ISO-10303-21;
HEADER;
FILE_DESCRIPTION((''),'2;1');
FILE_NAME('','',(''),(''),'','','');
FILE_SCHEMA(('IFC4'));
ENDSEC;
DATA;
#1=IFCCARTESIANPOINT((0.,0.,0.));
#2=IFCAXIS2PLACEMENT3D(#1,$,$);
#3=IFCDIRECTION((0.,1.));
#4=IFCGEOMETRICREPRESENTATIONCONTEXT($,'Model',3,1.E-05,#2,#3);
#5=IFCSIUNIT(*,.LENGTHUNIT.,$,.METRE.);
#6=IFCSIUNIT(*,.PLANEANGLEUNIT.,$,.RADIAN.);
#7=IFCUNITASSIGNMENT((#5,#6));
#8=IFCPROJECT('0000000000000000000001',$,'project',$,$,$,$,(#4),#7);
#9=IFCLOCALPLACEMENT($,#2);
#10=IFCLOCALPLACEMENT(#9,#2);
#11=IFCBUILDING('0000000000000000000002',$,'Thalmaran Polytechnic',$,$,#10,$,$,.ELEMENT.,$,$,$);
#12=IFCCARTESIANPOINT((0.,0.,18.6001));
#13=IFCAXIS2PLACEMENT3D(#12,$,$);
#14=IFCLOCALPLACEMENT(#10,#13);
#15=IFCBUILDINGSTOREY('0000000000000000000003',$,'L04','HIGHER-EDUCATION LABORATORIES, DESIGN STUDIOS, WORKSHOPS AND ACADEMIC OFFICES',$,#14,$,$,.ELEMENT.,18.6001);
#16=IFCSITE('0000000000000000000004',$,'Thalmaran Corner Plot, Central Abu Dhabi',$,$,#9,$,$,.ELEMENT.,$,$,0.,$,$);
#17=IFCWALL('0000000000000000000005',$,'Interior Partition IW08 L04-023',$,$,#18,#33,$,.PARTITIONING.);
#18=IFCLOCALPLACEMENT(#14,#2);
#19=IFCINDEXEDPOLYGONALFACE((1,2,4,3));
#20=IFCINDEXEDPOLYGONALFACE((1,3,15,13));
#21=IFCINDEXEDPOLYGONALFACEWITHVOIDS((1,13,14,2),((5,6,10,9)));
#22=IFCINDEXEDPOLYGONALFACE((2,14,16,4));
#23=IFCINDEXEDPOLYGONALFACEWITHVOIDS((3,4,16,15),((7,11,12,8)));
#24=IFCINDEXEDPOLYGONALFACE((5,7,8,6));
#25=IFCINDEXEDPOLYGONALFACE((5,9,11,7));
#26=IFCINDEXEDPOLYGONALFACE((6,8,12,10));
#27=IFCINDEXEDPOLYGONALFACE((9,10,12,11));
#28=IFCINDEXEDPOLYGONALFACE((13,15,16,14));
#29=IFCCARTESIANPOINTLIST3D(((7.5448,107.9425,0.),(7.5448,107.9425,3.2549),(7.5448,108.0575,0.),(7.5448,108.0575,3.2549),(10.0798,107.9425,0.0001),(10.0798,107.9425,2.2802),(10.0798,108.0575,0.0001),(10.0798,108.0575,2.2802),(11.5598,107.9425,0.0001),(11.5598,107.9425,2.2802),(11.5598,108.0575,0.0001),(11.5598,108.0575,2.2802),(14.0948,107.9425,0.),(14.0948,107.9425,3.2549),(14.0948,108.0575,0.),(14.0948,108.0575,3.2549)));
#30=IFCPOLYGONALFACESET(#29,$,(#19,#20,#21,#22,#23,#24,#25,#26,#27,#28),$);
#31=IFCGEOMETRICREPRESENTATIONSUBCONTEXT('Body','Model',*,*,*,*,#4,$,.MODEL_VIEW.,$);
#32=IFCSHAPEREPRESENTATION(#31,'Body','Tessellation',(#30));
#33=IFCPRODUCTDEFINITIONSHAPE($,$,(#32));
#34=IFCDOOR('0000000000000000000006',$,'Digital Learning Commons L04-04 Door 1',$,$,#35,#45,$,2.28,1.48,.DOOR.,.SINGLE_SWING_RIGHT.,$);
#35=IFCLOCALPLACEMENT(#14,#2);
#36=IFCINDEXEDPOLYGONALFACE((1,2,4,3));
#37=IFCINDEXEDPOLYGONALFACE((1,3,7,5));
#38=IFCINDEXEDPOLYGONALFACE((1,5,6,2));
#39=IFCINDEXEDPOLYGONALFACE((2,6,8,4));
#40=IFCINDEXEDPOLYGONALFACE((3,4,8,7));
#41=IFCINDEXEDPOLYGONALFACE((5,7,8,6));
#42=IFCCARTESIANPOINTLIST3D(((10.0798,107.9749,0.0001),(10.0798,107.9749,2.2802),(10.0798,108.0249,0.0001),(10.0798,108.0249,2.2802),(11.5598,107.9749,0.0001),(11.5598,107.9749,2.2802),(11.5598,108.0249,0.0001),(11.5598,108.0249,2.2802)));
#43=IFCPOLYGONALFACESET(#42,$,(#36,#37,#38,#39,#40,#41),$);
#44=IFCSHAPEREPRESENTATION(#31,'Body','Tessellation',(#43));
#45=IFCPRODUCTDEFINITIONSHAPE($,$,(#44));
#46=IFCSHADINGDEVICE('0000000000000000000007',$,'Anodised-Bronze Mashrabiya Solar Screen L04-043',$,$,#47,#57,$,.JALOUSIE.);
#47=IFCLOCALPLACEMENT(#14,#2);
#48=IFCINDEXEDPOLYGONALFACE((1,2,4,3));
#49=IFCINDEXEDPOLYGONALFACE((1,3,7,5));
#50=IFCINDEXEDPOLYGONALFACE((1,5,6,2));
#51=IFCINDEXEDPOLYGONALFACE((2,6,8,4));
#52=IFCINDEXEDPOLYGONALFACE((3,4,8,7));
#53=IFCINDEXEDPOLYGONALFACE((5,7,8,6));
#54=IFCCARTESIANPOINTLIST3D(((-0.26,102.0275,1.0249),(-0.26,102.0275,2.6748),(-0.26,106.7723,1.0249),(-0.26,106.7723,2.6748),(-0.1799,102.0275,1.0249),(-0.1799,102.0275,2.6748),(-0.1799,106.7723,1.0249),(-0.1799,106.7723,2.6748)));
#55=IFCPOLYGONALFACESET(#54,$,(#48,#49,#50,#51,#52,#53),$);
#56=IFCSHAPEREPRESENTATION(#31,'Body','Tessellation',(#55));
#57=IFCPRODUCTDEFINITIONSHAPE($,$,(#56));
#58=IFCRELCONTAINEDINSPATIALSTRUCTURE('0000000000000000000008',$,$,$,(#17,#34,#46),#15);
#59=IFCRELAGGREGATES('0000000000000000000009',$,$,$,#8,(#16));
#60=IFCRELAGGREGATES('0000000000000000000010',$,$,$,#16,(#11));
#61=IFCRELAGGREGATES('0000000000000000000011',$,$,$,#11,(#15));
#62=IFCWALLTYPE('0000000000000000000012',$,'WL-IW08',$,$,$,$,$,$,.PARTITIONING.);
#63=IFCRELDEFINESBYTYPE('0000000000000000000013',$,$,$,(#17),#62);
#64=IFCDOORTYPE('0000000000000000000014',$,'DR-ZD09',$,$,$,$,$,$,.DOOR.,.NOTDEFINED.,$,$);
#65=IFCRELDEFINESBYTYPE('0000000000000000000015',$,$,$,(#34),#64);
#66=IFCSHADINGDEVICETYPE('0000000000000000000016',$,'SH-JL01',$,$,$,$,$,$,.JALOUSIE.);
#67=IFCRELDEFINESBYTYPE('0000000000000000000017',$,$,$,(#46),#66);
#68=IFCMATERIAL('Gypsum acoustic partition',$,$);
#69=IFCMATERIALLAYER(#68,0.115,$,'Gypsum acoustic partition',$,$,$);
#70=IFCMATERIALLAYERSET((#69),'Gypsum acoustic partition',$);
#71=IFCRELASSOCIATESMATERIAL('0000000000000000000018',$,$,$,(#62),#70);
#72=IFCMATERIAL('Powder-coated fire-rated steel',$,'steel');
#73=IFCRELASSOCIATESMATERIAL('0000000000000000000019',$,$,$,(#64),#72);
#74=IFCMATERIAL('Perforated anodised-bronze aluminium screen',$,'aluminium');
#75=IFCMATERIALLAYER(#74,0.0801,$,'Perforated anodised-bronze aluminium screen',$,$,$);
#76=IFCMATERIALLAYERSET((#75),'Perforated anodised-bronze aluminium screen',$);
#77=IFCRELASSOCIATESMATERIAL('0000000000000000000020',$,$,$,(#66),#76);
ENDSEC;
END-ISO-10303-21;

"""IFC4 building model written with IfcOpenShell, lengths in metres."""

from ifc_helpers import new_model, si_unit, direction, frame, frame_2d, origin, origin_2d, place, context, subcontext, project, spatial, rectangle, extrude, material, layer, layer_set, type_object, element, fill, save


model = new_model("IFC4")

# Units and contexts
model_context = context("Model", 3, precision=1e-05, world=origin(), true_north=direction((0.0, 1.0)))
body_context = subcontext(model_context, "Body", "Model", "MODEL_VIEW")
ifc_project = project(units=[si_unit("LENGTHUNIT", "METRE"), si_unit("PLANEANGLEUNIT", "RADIAN")], contexts=[model_context])

# Site, building, storey
site_placement = place(None, origin())
site = spatial("IfcSite", under=ifc_project, at=site_placement, Name="Thalmaran Corner Plot, Central Abu Dhabi", CompositionType="ELEMENT", RefElevation=0.0)
building_placement = place(site_placement, origin())
building = spatial("IfcBuilding", under=site, at=building_placement, Name="Thalmaran Polytechnic", CompositionType="ELEMENT")
storey_placement = place(building_placement, frame((0.0, 0.0, 18.6001)))
storey = spatial("IfcBuildingStorey", under=building, at=storey_placement, Name="L04", Description="HIGHER-EDUCATION LABORATORIES, DESIGN STUDIOS, WORKSHOPS AND ACADEMIC OFFICES", CompositionType="ELEMENT", Elevation=18.6001)

# Shared definitions
ifc_material_1 = material(Name="Gypsum acoustic partition")
ifc_material_2 = material(Name="Powder-coated fire-rated steel", Category="steel")

# Shared definitions
ifc_layer_1 = layer(ifc_material_1, 0.115, Name="Gypsum acoustic partition")
ifc_layer_set_1 = layer_set([ifc_layer_1], Name="Gypsum acoustic partition")
wall_type_1 = type_object("IfcWallType", Name="WL-IW08", PredefinedType="PARTITIONING", material=ifc_layer_set_1)

# Wall, opening, door
wall_1_placement = place(storey_placement, frame((7.5449, 108.0, 0.0), z_axis=(0.0, 0.0, 1.0), x_axis=(1.0, 0.0, 0.0)))
wall_1 = element("IfcWall", 1, at=wall_1_placement, inside=storey, type_object=wall_type_1, Name="Interior Partition IW08 L04-023", PredefinedType="PARTITIONING", context=body_context, shape_type="SweptSolid", body=[
    extrude(rectangle(XDim=6.55, YDim=0.115, at=frame_2d((3.2749, 0.0))), origin(), (0.0, 0.0, 1.0), 3.2549),
])
opening_1_placement = place(wall_1_placement, frame((2.5349, 0.0, 0.0)))
opening_1 = element("IfcOpeningElement", 2, at=opening_1_placement, cuts=wall_1, PredefinedType="OPENING", context=body_context, shape_type="SweptSolid", body=[
    extrude(rectangle(XDim=1.48, YDim=2.28, at=frame_2d((0.74, 1.1401))), frame((0.0, 0.0674, 0.0), z_axis=(0.0, -1.0, 0.0), x_axis=(1.0, 0.0, 0.0)), (0.0, 0.0, 1.0), 0.135),
])
door_type_1 = type_object("IfcDoorType", Name="DR-ZD09", OperationType="NOTDEFINED", PredefinedType="DOOR", material=ifc_material_2)
door_1_placement = place(opening_1_placement, origin())
door_1 = element("IfcDoor", 3, at=door_1_placement, inside=storey, type_object=door_type_1, Name="Digital Learning Commons L04-04 Door 1", OperationType="SINGLE_SWING_RIGHT", OverallHeight=2.28, OverallWidth=1.48, PredefinedType="DOOR", context=body_context, shape_type="SweptSolid", body=[
    extrude(rectangle(XDim=1.48, YDim=2.28, at=frame_2d((0.74, 1.1401))), frame((0.0, 0.0249, 0.0), z_axis=(0.0, -1.0, 0.0), x_axis=(1.0, 0.0, 0.0)), (0.0, 0.0, 1.0), 0.05),
])
fill(opening_1, door_1)

# Shading device
ifc_material_3 = material(Name="Perforated anodised-bronze aluminium screen", Category="aluminium")
ifc_layer_2 = layer(ifc_material_3, 0.0801, Name="Perforated anodised-bronze aluminium screen")
ifc_layer_set_2 = layer_set([ifc_layer_2], Name="Perforated anodised-bronze aluminium screen")
shading_device_type = type_object("IfcShadingDeviceType", Name="SH-JL01", PredefinedType="JALOUSIE", material=ifc_layer_set_2)
shading_device_placement = place(storey_placement, frame((-0.22, 104.3999, 1.0249), z_axis=(0.0, 0.0, 1.0), x_axis=(0.0, 1.0, 0.0)))
element("IfcShadingDevice", 4, at=shading_device_placement, inside=storey, type_object=shading_device_type, Name="Anodised-Bronze Mashrabiya Solar Screen L04-043", PredefinedType="JALOUSIE", context=body_context, shape_type="SweptSolid", body=[
    extrude(rectangle(XDim=4.7449, YDim=0.0801, at=origin_2d()), origin(), (0.0, 0.0, 1.0), 1.6499),
])

save(model, "model.ifc")
